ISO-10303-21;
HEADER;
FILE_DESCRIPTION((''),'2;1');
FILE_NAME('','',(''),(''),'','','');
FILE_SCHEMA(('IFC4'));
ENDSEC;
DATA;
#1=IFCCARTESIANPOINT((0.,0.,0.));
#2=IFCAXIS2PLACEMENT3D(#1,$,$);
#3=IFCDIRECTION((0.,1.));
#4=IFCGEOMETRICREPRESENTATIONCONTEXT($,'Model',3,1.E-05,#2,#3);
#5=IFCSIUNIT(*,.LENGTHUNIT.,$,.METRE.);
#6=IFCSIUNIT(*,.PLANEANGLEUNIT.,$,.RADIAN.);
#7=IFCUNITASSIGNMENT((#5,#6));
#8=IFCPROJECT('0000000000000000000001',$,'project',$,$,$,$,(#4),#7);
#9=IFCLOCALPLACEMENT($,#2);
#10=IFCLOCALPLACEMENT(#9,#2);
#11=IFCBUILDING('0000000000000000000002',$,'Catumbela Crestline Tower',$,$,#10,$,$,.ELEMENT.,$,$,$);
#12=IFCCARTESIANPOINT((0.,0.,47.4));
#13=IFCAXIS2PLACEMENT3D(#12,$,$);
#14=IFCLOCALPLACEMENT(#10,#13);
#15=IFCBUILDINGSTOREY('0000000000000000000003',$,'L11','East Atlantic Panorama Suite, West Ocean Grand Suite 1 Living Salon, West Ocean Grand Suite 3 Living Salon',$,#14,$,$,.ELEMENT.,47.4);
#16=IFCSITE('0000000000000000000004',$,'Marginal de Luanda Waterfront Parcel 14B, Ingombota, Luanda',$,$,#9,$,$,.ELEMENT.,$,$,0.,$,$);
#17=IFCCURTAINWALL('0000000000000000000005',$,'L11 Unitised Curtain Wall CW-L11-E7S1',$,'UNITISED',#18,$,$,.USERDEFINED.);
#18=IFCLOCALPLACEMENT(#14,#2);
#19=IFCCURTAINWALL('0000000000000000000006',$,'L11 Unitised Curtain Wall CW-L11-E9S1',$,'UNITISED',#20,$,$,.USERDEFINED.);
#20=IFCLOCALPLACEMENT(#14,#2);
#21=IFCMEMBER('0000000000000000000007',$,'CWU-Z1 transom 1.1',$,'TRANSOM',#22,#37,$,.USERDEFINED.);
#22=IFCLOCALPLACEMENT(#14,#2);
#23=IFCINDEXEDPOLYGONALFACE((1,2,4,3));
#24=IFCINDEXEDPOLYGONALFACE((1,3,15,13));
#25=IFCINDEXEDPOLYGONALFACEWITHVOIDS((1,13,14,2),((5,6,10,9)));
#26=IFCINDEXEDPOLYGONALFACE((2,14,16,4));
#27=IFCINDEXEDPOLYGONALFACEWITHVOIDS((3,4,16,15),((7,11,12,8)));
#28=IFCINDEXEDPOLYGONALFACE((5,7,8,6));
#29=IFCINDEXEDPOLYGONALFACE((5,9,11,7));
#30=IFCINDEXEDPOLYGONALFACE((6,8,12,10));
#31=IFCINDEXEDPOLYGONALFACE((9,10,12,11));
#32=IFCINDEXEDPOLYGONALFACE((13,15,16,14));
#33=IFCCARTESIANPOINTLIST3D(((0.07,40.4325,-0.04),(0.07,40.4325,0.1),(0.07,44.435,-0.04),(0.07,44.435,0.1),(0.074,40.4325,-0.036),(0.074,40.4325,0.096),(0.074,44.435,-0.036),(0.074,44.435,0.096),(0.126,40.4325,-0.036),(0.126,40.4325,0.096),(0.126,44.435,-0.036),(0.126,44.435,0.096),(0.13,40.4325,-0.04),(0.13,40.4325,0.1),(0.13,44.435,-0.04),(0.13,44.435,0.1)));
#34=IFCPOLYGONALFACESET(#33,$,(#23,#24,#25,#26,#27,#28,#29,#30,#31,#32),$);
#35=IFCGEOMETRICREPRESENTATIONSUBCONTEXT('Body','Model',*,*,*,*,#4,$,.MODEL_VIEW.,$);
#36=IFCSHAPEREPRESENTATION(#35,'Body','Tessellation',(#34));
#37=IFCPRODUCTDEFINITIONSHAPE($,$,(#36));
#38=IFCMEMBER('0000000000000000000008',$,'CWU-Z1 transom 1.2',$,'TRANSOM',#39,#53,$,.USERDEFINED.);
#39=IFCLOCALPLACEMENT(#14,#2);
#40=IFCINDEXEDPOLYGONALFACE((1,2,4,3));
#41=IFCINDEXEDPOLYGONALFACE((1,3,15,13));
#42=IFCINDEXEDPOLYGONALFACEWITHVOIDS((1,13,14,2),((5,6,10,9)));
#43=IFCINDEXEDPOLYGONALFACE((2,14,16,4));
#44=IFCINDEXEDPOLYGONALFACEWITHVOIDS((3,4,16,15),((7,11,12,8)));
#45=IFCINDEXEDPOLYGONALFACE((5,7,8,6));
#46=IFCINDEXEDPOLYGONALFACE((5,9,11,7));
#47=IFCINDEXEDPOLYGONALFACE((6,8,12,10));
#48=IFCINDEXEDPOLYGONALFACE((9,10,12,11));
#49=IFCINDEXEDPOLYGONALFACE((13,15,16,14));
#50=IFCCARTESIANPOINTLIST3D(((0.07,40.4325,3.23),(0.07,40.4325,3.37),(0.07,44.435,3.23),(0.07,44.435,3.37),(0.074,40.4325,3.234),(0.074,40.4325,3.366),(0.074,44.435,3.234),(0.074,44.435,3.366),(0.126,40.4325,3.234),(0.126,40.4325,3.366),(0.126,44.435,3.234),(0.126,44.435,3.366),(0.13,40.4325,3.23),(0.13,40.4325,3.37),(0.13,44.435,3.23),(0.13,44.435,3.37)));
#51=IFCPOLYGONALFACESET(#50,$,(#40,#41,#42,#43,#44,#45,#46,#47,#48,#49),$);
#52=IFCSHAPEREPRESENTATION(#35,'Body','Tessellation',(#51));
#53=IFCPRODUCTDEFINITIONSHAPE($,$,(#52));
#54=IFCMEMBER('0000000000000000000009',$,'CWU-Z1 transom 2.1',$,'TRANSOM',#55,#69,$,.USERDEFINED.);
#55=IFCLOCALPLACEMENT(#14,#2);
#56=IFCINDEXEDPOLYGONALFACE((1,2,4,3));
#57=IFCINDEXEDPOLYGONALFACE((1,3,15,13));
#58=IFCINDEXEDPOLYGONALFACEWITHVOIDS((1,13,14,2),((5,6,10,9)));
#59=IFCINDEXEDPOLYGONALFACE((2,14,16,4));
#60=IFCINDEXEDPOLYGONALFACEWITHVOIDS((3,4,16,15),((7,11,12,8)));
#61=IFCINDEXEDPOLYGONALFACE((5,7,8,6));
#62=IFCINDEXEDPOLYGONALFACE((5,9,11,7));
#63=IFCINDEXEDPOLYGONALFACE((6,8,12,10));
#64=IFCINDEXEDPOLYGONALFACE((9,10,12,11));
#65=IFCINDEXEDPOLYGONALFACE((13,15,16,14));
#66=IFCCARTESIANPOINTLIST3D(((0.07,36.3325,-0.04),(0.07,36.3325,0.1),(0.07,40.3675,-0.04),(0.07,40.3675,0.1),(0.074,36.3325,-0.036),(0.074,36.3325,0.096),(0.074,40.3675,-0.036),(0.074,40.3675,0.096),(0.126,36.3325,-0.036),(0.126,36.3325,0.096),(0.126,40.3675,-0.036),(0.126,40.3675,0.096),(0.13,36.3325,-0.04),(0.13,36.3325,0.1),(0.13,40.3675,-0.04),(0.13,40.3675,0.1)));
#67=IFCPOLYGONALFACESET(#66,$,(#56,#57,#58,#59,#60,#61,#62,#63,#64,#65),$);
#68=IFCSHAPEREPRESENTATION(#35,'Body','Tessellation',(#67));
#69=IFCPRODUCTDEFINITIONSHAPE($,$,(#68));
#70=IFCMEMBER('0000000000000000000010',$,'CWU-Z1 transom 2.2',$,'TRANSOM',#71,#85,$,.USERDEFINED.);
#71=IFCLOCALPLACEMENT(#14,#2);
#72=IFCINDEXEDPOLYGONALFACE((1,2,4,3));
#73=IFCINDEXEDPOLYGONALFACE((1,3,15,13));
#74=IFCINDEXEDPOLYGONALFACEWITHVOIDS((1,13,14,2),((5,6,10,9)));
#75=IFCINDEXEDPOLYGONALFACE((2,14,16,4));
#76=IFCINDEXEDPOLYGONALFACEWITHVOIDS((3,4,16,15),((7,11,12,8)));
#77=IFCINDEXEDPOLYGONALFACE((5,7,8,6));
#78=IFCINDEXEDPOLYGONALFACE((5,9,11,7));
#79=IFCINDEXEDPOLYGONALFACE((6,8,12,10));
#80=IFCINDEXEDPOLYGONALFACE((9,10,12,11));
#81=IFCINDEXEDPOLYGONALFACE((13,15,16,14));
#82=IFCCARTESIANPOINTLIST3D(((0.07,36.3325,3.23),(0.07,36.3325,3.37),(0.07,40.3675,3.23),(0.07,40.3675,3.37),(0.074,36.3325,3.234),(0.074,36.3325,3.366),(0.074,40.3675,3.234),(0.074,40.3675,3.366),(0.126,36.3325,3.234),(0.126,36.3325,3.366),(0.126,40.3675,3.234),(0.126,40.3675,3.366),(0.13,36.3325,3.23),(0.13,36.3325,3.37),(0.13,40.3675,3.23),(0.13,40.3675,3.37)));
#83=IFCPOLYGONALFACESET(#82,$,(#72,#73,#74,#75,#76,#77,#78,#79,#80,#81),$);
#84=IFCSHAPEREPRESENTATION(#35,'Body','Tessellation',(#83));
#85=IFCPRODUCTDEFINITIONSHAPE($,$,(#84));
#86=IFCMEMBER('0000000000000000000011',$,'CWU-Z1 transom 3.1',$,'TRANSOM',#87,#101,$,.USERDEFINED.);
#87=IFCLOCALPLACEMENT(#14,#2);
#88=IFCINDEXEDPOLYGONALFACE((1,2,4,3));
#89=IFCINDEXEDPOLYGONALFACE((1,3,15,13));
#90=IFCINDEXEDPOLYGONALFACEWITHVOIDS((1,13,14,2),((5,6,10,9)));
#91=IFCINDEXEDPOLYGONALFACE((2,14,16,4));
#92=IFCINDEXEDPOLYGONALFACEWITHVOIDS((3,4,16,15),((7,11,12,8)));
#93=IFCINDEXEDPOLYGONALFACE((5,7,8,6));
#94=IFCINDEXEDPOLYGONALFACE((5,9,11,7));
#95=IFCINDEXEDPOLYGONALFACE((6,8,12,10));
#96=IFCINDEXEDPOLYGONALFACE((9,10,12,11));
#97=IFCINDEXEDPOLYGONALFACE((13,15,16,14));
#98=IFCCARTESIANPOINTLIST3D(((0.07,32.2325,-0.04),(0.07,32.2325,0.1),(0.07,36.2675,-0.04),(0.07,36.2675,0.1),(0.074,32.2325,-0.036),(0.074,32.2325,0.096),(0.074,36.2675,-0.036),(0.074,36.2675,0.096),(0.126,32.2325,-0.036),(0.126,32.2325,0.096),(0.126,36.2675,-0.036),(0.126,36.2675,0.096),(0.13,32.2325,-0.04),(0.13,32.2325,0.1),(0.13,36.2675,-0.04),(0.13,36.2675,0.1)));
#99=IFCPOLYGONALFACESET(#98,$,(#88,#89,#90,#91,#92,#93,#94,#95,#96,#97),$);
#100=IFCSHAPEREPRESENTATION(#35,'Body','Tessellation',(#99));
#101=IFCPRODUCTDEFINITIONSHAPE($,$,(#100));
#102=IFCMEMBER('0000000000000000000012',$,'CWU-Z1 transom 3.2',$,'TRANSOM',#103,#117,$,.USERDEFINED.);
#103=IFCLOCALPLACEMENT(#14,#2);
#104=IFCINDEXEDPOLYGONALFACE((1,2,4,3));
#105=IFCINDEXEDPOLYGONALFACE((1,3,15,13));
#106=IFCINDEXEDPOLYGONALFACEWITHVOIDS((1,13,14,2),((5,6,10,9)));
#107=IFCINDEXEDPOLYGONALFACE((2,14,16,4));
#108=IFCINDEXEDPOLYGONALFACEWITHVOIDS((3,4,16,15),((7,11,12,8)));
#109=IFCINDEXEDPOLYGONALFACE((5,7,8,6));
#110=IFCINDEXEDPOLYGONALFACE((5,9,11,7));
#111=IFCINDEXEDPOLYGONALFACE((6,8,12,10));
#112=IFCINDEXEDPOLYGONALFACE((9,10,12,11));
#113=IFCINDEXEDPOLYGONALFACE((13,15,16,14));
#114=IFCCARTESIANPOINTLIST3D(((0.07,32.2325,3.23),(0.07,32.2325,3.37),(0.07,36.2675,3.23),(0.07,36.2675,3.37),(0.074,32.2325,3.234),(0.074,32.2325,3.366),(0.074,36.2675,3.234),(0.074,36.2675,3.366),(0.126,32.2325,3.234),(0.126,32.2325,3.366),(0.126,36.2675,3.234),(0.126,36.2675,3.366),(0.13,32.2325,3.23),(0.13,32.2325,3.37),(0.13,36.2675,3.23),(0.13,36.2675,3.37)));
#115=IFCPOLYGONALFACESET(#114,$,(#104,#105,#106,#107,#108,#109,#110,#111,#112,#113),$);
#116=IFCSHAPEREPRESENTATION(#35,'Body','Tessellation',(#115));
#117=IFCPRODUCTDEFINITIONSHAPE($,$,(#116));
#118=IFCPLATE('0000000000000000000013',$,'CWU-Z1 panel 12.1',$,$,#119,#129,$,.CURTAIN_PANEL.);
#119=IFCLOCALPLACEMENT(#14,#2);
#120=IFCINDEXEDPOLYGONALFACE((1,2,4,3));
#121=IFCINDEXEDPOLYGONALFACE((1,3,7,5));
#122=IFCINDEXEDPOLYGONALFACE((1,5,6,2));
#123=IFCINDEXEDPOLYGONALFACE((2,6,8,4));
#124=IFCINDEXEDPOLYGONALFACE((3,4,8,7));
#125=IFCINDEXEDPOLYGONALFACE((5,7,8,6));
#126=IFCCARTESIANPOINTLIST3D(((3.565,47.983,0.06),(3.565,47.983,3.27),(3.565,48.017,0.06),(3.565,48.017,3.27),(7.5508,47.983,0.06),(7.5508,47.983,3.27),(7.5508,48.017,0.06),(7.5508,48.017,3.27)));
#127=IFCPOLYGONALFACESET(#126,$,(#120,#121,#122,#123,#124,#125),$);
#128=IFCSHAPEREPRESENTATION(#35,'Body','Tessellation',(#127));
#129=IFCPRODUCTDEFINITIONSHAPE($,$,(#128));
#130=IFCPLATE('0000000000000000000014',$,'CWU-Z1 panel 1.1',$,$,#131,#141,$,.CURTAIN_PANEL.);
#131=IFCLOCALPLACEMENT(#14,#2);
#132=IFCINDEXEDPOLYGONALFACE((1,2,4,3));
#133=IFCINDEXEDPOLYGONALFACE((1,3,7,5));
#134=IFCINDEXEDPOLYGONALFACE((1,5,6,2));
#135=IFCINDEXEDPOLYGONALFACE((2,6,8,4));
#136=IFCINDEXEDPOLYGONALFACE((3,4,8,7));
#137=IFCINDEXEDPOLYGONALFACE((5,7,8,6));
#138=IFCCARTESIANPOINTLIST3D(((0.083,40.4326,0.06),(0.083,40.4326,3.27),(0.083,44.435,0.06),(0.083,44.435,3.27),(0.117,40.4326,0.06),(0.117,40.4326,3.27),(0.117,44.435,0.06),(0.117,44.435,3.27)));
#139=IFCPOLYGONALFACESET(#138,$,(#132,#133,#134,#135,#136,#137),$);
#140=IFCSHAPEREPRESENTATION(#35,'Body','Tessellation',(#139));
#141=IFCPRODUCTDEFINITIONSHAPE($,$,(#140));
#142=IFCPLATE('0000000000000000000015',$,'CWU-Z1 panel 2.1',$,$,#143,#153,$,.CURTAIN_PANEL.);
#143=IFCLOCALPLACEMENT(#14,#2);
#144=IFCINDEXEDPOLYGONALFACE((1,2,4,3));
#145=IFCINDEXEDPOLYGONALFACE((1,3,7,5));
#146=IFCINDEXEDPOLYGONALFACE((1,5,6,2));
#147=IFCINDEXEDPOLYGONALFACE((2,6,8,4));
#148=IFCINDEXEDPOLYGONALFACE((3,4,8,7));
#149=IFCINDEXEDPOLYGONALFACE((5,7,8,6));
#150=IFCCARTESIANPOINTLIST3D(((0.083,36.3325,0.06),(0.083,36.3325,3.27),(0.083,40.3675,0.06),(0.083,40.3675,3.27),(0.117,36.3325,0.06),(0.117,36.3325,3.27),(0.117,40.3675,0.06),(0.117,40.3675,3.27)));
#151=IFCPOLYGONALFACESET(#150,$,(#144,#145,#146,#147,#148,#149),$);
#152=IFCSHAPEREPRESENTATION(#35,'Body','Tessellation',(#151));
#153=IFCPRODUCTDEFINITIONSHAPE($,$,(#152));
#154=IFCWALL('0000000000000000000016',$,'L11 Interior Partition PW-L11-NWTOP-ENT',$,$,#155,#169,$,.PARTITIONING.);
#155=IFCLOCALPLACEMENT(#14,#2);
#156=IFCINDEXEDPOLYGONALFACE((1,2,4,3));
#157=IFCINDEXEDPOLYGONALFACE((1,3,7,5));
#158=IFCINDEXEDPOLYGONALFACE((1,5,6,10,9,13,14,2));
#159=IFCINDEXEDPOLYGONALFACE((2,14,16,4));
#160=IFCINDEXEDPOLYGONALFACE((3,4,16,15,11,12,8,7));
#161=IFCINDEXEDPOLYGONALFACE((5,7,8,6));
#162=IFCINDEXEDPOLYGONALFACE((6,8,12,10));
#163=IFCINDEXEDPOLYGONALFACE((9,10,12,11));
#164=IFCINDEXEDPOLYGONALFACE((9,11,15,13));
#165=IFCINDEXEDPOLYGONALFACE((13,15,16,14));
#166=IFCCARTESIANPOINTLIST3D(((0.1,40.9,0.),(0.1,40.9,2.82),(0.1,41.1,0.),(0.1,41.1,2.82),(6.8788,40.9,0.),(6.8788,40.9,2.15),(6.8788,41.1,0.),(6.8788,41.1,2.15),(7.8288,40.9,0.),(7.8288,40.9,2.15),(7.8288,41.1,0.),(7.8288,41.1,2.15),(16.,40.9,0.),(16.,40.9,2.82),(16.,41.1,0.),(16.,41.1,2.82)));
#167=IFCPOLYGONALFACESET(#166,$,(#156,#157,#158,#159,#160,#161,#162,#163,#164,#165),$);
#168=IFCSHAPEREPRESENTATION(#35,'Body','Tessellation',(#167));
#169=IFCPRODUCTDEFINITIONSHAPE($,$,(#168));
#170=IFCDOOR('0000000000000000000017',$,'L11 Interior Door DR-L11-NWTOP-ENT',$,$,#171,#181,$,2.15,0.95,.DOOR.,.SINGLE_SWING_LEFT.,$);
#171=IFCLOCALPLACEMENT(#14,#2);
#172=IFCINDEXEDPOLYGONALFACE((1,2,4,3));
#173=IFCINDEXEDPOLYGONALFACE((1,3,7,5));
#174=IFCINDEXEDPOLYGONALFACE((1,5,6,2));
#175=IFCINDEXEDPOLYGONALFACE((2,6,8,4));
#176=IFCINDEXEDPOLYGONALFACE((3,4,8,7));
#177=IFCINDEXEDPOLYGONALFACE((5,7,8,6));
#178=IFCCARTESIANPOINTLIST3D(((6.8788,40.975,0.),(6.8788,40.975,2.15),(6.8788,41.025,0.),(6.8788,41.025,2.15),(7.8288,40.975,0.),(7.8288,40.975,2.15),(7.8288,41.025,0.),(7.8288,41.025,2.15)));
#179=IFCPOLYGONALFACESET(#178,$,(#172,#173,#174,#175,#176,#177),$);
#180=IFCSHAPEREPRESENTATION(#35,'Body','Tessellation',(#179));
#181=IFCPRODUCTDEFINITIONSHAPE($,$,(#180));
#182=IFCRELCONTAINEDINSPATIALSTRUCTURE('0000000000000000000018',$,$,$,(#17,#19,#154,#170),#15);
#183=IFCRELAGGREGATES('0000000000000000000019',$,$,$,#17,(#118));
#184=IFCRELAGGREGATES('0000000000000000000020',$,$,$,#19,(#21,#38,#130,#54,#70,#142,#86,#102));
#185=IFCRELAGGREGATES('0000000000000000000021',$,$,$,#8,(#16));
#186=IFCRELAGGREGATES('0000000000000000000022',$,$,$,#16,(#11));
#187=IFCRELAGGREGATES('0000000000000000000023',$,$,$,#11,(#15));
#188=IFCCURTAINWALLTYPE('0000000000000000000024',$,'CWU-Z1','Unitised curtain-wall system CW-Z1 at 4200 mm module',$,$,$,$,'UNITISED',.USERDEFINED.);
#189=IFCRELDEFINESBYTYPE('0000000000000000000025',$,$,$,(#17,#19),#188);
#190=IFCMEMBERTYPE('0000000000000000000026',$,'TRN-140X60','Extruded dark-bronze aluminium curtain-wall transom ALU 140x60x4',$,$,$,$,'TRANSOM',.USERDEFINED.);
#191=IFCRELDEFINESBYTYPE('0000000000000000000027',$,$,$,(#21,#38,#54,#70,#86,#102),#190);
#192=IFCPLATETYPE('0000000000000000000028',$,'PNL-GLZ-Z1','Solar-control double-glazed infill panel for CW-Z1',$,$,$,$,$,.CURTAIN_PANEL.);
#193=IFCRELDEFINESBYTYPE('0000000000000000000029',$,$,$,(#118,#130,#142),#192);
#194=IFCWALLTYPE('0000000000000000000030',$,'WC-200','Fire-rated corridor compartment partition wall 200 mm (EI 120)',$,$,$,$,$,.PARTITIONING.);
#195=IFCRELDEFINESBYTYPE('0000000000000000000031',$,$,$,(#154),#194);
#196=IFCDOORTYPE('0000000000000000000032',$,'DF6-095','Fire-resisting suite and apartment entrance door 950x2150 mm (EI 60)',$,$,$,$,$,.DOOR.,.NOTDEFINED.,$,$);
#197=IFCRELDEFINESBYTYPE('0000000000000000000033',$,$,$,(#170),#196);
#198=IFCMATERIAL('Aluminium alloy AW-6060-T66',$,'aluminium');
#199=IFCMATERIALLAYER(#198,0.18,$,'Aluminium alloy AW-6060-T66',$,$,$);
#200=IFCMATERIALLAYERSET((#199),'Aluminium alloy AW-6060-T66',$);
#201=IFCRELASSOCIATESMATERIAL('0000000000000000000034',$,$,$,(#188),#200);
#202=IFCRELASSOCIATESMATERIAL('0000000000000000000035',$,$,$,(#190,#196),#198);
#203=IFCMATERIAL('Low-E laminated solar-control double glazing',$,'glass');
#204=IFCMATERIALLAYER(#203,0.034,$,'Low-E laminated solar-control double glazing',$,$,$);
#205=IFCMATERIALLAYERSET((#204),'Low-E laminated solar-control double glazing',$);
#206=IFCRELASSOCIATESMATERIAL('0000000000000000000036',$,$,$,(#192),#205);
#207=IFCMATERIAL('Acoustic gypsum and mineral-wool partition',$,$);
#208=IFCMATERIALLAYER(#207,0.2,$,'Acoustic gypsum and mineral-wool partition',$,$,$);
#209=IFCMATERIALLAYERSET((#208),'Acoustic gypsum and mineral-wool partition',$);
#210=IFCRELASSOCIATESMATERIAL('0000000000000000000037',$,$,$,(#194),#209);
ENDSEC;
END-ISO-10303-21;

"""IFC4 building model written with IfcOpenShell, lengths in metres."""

from ifc_helpers import new_model, si_unit, direction, frame, frame_2d, origin, origin_2d, place, context, subcontext, project, spatial, rectangle, hollow_rectangle, extrude, material, layer, layer_set, material_profile, profile_set, type_object, element, fill, aggregate, save


model = new_model("IFC4")

# Units and contexts
model_context = context("Model", 3, precision=1e-05, world=origin(), true_north=direction((0.0, 1.0)))
body_context = subcontext(model_context, "Body", "Model", "MODEL_VIEW")
ifc_project = project(units=[si_unit("LENGTHUNIT", "METRE"), si_unit("PLANEANGLEUNIT", "RADIAN")], contexts=[model_context])

# Site, building, storey
site_placement = place(None, origin())
site = spatial("IfcSite", under=ifc_project, at=site_placement, Name="Marginal de Luanda Waterfront Parcel 14B, Ingombota, Luanda", CompositionType="ELEMENT", RefElevation=0.0)
building_placement = place(site_placement, origin())
building = spatial("IfcBuilding", under=site, at=building_placement, Name="Catumbela Crestline Tower", CompositionType="ELEMENT")
storey_placement = place(building_placement, frame((0.0, 0.0, 47.4)))
storey = spatial("IfcBuildingStorey", under=building, at=storey_placement, Name="L11", Description="East Atlantic Panorama Suite, West Ocean Grand Suite 1 Living Salon, West Ocean Grand Suite 3 Living Salon", CompositionType="ELEMENT", Elevation=47.4)

# Curtain walls
ifc_material_1 = material(Name="Aluminium alloy AW-6060-T66", Category="aluminium")
ifc_layer_1 = layer(ifc_material_1, 0.18, Name="Aluminium alloy AW-6060-T66")
ifc_layer_set_1 = layer_set([ifc_layer_1], Name="Aluminium alloy AW-6060-T66")
curtain_wall_type = type_object("IfcCurtainWallType", Name="CWU-Z1", Description="Unitised curtain-wall system CW-Z1 at 4200 mm module", ElementType="UNITISED", PredefinedType="USERDEFINED", material=ifc_layer_set_1)
curtain_wall_1_placement = place(storey_placement, origin())
curtain_wall_1 = element("IfcCurtainWall", 1, at=curtain_wall_1_placement, inside=storey, type_object=curtain_wall_type, Name="L11 Unitised Curtain Wall CW-L11-E7S1", ObjectType="UNITISED", PredefinedType="USERDEFINED")
curtain_wall_2_placement = place(storey_placement, origin())
curtain_wall_2 = element("IfcCurtainWall", 2, at=curtain_wall_2_placement, inside=storey, type_object=curtain_wall_type, Name="L11 Unitised Curtain Wall CW-L11-E9S1", ObjectType="UNITISED", PredefinedType="USERDEFINED")

# Members
ifc_material_profile_1 = material_profile(ifc_material_1, hollow_rectangle(XDim=0.06, YDim=0.14, WallThickness=0.004, at=origin_2d()), Name="ALU 140x60x4")
ifc_profile_set_1 = profile_set([ifc_material_profile_1], Name="Aluminium alloy AW-6060-T66")
member_type_1 = type_object("IfcMemberType", Name="TRN-140X60", Description="Extruded dark-bronze aluminium curtain-wall transom ALU 140x60x4", ElementType="TRANSOM", PredefinedType="USERDEFINED", material=ifc_profile_set_1)
member_1_placement = place(storey_placement, frame((0.1, 44.435, 0.03), z_axis=(0.0, -1.0, 0.0), x_axis=(1.0, 0.0, 0.0)))
member_1 = element("IfcMember", 3, at=member_1_placement, type_object=member_type_1, Name="CWU-Z1 transom 1.1", ObjectType="TRANSOM", PredefinedType="USERDEFINED", context=body_context, shape_type="SweptSolid", body=[
    extrude(hollow_rectangle(XDim=0.06, YDim=0.14, WallThickness=0.004, at=origin_2d()), origin(), (0.0, 0.0, 1.0), 4.0025),
])
member_2_placement = place(storey_placement, frame((0.1, 44.435, 3.3), z_axis=(0.0, -1.0, 0.0), x_axis=(1.0, 0.0, 0.0)))
member_2 = element("IfcMember", 4, at=member_2_placement, type_object=member_type_1, Name="CWU-Z1 transom 1.2", ObjectType="TRANSOM", PredefinedType="USERDEFINED", context=body_context, shape_type="SweptSolid", body=[
    extrude(hollow_rectangle(XDim=0.06, YDim=0.14, WallThickness=0.004, at=origin_2d()), origin(), (0.0, 0.0, 1.0), 4.0025),
])
member_3_placement = place(storey_placement, frame((0.1, 40.3675, 0.03), z_axis=(0.0, -1.0, 0.0), x_axis=(1.0, 0.0, 0.0)))
member_3 = element("IfcMember", 5, at=member_3_placement, type_object=member_type_1, Name="CWU-Z1 transom 2.1", ObjectType="TRANSOM", PredefinedType="USERDEFINED", context=body_context, shape_type="SweptSolid", body=[
    extrude(hollow_rectangle(XDim=0.06, YDim=0.14, WallThickness=0.004, at=origin_2d()), origin(), (0.0, 0.0, 1.0), 4.035),
])
member_4_placement = place(storey_placement, frame((0.1, 40.3675, 3.3), z_axis=(0.0, -1.0, 0.0), x_axis=(1.0, 0.0, 0.0)))
member_4 = element("IfcMember", 6, at=member_4_placement, type_object=member_type_1, Name="CWU-Z1 transom 2.2", ObjectType="TRANSOM", PredefinedType="USERDEFINED", context=body_context, shape_type="SweptSolid", body=[
    extrude(hollow_rectangle(XDim=0.06, YDim=0.14, WallThickness=0.004, at=origin_2d()), origin(), (0.0, 0.0, 1.0), 4.035),
])
member_5_placement = place(storey_placement, frame((0.1, 36.2675, 0.03), z_axis=(0.0, -1.0, 0.0), x_axis=(1.0, 0.0, 0.0)))
member_5 = element("IfcMember", 7, at=member_5_placement, type_object=member_type_1, Name="CWU-Z1 transom 3.1", ObjectType="TRANSOM", PredefinedType="USERDEFINED", context=body_context, shape_type="SweptSolid", body=[
    extrude(hollow_rectangle(XDim=0.06, YDim=0.14, WallThickness=0.004, at=origin_2d()), origin(), (0.0, 0.0, 1.0), 4.035),
])
member_6_placement = place(storey_placement, frame((0.1, 36.2675, 3.3), z_axis=(0.0, -1.0, 0.0), x_axis=(1.0, 0.0, 0.0)))
member_6 = element("IfcMember", 8, at=member_6_placement, type_object=member_type_1, Name="CWU-Z1 transom 3.2", ObjectType="TRANSOM", PredefinedType="USERDEFINED", context=body_context, shape_type="SweptSolid", body=[
    extrude(hollow_rectangle(XDim=0.06, YDim=0.14, WallThickness=0.004, at=origin_2d()), origin(), (0.0, 0.0, 1.0), 4.035),
])

# Plates
ifc_material_2 = material(Name="Low-E laminated solar-control double glazing", Category="glass")
ifc_layer_2 = layer(ifc_material_2, 0.034, Name="Low-E laminated solar-control double glazing")
ifc_layer_set_2 = layer_set([ifc_layer_2], Name="Low-E laminated solar-control double glazing")
plate_type = type_object("IfcPlateType", Name="PNL-GLZ-Z1", Description="Solar-control double-glazed infill panel for CW-Z1", PredefinedType="CURTAIN_PANEL", material=ifc_layer_set_2)
plate_1_placement = place(storey_placement, frame((5.5579, 48.0, 0.06), z_axis=(0.0, 0.0, 1.0), x_axis=(-1.0, 0.0, 0.0)))
plate_1 = element("IfcPlate", 9, at=plate_1_placement, type_object=plate_type, Name="CWU-Z1 panel 12.1", PredefinedType="CURTAIN_PANEL", context=body_context, shape_type="SweptSolid", body=[
    extrude(rectangle(XDim=3.9858, YDim=0.034, at=origin_2d()), origin(), (0.0, 0.0, 1.0), 3.21),
])
aggregate(curtain_wall_1, [plate_1])
plate_2_placement = place(storey_placement, frame((0.1, 42.4338, 0.06), z_axis=(0.0, 0.0, 1.0), x_axis=(0.0, -1.0, 0.0)))
plate_2 = element("IfcPlate", 10, at=plate_2_placement, type_object=plate_type, Name="CWU-Z1 panel 1.1", PredefinedType="CURTAIN_PANEL", context=body_context, shape_type="SweptSolid", body=[
    extrude(rectangle(XDim=4.0025, YDim=0.034, at=origin_2d()), origin(), (0.0, 0.0, 1.0), 3.21),
])
plate_3_placement = place(storey_placement, frame((0.1, 38.35, 0.06), z_axis=(0.0, 0.0, 1.0), x_axis=(0.0, -1.0, 0.0)))
plate_3 = element("IfcPlate", 11, at=plate_3_placement, type_object=plate_type, Name="CWU-Z1 panel 2.1", PredefinedType="CURTAIN_PANEL", context=body_context, shape_type="SweptSolid", body=[
    extrude(rectangle(XDim=4.035, YDim=0.034, at=origin_2d()), origin(), (0.0, 0.0, 1.0), 3.21),
])
aggregate(curtain_wall_2, [member_1, member_2, plate_2, member_3, member_4, plate_3, member_5, member_6])

# Wall, opening, door
ifc_material_3 = material(Name="Acoustic gypsum and mineral-wool partition")
ifc_layer_3 = layer(ifc_material_3, 0.2, Name="Acoustic gypsum and mineral-wool partition")
ifc_layer_set_3 = layer_set([ifc_layer_3], Name="Acoustic gypsum and mineral-wool partition")
wall_type_1 = type_object("IfcWallType", Name="WC-200", Description="Fire-rated corridor compartment partition wall 200 mm (EI 120)", PredefinedType="PARTITIONING", material=ifc_layer_set_3)
wall_1_placement = place(storey_placement, frame((0.1, 41.0, 0.0), z_axis=(0.0, 0.0, 1.0), x_axis=(1.0, 0.0, 0.0)))
wall_1 = element("IfcWall", 12, at=wall_1_placement, inside=storey, type_object=wall_type_1, Name="L11 Interior Partition PW-L11-NWTOP-ENT", PredefinedType="PARTITIONING", context=body_context, shape_type="SweptSolid", body=[
    extrude(rectangle(XDim=15.9, YDim=0.2, at=frame_2d((7.95, 0.0))), origin(), (0.0, 0.0, 1.0), 2.82),
])
opening_1_placement = place(wall_1_placement, frame((6.7788, 0.0, 0.0)))
opening_1 = element("IfcOpeningElement", 13, at=opening_1_placement, cuts=wall_1, PredefinedType="OPENING", context=body_context, shape_type="SweptSolid", body=[
    extrude(rectangle(XDim=0.95, YDim=2.15, at=frame_2d((0.475, 1.075))), frame((0.0, 0.11, 0.0), z_axis=(0.0, -1.0, 0.0), x_axis=(1.0, 0.0, 0.0)), (0.0, 0.0, 1.0), 0.22),
])
door_type = type_object("IfcDoorType", Name="DF6-095", Description="Fire-resisting suite and apartment entrance door 950x2150 mm (EI 60)", OperationType="NOTDEFINED", PredefinedType="DOOR", material=ifc_material_1)
door_placement = place(opening_1_placement, origin())
door = element("IfcDoor", 14, at=door_placement, inside=storey, type_object=door_type, Name="L11 Interior Door DR-L11-NWTOP-ENT", OperationType="SINGLE_SWING_LEFT", OverallHeight=2.15, OverallWidth=0.95, PredefinedType="DOOR", context=body_context, shape_type="SweptSolid", body=[
    extrude(rectangle(XDim=0.95, YDim=2.15, at=frame_2d((0.475, 1.075))), frame((0.0, 0.025, 0.0), z_axis=(0.0, -1.0, 0.0), x_axis=(1.0, 0.0, 0.0)), (0.0, 0.0, 1.0), 0.05),
])
fill(opening_1, door)

save(model, "model.ifc")
